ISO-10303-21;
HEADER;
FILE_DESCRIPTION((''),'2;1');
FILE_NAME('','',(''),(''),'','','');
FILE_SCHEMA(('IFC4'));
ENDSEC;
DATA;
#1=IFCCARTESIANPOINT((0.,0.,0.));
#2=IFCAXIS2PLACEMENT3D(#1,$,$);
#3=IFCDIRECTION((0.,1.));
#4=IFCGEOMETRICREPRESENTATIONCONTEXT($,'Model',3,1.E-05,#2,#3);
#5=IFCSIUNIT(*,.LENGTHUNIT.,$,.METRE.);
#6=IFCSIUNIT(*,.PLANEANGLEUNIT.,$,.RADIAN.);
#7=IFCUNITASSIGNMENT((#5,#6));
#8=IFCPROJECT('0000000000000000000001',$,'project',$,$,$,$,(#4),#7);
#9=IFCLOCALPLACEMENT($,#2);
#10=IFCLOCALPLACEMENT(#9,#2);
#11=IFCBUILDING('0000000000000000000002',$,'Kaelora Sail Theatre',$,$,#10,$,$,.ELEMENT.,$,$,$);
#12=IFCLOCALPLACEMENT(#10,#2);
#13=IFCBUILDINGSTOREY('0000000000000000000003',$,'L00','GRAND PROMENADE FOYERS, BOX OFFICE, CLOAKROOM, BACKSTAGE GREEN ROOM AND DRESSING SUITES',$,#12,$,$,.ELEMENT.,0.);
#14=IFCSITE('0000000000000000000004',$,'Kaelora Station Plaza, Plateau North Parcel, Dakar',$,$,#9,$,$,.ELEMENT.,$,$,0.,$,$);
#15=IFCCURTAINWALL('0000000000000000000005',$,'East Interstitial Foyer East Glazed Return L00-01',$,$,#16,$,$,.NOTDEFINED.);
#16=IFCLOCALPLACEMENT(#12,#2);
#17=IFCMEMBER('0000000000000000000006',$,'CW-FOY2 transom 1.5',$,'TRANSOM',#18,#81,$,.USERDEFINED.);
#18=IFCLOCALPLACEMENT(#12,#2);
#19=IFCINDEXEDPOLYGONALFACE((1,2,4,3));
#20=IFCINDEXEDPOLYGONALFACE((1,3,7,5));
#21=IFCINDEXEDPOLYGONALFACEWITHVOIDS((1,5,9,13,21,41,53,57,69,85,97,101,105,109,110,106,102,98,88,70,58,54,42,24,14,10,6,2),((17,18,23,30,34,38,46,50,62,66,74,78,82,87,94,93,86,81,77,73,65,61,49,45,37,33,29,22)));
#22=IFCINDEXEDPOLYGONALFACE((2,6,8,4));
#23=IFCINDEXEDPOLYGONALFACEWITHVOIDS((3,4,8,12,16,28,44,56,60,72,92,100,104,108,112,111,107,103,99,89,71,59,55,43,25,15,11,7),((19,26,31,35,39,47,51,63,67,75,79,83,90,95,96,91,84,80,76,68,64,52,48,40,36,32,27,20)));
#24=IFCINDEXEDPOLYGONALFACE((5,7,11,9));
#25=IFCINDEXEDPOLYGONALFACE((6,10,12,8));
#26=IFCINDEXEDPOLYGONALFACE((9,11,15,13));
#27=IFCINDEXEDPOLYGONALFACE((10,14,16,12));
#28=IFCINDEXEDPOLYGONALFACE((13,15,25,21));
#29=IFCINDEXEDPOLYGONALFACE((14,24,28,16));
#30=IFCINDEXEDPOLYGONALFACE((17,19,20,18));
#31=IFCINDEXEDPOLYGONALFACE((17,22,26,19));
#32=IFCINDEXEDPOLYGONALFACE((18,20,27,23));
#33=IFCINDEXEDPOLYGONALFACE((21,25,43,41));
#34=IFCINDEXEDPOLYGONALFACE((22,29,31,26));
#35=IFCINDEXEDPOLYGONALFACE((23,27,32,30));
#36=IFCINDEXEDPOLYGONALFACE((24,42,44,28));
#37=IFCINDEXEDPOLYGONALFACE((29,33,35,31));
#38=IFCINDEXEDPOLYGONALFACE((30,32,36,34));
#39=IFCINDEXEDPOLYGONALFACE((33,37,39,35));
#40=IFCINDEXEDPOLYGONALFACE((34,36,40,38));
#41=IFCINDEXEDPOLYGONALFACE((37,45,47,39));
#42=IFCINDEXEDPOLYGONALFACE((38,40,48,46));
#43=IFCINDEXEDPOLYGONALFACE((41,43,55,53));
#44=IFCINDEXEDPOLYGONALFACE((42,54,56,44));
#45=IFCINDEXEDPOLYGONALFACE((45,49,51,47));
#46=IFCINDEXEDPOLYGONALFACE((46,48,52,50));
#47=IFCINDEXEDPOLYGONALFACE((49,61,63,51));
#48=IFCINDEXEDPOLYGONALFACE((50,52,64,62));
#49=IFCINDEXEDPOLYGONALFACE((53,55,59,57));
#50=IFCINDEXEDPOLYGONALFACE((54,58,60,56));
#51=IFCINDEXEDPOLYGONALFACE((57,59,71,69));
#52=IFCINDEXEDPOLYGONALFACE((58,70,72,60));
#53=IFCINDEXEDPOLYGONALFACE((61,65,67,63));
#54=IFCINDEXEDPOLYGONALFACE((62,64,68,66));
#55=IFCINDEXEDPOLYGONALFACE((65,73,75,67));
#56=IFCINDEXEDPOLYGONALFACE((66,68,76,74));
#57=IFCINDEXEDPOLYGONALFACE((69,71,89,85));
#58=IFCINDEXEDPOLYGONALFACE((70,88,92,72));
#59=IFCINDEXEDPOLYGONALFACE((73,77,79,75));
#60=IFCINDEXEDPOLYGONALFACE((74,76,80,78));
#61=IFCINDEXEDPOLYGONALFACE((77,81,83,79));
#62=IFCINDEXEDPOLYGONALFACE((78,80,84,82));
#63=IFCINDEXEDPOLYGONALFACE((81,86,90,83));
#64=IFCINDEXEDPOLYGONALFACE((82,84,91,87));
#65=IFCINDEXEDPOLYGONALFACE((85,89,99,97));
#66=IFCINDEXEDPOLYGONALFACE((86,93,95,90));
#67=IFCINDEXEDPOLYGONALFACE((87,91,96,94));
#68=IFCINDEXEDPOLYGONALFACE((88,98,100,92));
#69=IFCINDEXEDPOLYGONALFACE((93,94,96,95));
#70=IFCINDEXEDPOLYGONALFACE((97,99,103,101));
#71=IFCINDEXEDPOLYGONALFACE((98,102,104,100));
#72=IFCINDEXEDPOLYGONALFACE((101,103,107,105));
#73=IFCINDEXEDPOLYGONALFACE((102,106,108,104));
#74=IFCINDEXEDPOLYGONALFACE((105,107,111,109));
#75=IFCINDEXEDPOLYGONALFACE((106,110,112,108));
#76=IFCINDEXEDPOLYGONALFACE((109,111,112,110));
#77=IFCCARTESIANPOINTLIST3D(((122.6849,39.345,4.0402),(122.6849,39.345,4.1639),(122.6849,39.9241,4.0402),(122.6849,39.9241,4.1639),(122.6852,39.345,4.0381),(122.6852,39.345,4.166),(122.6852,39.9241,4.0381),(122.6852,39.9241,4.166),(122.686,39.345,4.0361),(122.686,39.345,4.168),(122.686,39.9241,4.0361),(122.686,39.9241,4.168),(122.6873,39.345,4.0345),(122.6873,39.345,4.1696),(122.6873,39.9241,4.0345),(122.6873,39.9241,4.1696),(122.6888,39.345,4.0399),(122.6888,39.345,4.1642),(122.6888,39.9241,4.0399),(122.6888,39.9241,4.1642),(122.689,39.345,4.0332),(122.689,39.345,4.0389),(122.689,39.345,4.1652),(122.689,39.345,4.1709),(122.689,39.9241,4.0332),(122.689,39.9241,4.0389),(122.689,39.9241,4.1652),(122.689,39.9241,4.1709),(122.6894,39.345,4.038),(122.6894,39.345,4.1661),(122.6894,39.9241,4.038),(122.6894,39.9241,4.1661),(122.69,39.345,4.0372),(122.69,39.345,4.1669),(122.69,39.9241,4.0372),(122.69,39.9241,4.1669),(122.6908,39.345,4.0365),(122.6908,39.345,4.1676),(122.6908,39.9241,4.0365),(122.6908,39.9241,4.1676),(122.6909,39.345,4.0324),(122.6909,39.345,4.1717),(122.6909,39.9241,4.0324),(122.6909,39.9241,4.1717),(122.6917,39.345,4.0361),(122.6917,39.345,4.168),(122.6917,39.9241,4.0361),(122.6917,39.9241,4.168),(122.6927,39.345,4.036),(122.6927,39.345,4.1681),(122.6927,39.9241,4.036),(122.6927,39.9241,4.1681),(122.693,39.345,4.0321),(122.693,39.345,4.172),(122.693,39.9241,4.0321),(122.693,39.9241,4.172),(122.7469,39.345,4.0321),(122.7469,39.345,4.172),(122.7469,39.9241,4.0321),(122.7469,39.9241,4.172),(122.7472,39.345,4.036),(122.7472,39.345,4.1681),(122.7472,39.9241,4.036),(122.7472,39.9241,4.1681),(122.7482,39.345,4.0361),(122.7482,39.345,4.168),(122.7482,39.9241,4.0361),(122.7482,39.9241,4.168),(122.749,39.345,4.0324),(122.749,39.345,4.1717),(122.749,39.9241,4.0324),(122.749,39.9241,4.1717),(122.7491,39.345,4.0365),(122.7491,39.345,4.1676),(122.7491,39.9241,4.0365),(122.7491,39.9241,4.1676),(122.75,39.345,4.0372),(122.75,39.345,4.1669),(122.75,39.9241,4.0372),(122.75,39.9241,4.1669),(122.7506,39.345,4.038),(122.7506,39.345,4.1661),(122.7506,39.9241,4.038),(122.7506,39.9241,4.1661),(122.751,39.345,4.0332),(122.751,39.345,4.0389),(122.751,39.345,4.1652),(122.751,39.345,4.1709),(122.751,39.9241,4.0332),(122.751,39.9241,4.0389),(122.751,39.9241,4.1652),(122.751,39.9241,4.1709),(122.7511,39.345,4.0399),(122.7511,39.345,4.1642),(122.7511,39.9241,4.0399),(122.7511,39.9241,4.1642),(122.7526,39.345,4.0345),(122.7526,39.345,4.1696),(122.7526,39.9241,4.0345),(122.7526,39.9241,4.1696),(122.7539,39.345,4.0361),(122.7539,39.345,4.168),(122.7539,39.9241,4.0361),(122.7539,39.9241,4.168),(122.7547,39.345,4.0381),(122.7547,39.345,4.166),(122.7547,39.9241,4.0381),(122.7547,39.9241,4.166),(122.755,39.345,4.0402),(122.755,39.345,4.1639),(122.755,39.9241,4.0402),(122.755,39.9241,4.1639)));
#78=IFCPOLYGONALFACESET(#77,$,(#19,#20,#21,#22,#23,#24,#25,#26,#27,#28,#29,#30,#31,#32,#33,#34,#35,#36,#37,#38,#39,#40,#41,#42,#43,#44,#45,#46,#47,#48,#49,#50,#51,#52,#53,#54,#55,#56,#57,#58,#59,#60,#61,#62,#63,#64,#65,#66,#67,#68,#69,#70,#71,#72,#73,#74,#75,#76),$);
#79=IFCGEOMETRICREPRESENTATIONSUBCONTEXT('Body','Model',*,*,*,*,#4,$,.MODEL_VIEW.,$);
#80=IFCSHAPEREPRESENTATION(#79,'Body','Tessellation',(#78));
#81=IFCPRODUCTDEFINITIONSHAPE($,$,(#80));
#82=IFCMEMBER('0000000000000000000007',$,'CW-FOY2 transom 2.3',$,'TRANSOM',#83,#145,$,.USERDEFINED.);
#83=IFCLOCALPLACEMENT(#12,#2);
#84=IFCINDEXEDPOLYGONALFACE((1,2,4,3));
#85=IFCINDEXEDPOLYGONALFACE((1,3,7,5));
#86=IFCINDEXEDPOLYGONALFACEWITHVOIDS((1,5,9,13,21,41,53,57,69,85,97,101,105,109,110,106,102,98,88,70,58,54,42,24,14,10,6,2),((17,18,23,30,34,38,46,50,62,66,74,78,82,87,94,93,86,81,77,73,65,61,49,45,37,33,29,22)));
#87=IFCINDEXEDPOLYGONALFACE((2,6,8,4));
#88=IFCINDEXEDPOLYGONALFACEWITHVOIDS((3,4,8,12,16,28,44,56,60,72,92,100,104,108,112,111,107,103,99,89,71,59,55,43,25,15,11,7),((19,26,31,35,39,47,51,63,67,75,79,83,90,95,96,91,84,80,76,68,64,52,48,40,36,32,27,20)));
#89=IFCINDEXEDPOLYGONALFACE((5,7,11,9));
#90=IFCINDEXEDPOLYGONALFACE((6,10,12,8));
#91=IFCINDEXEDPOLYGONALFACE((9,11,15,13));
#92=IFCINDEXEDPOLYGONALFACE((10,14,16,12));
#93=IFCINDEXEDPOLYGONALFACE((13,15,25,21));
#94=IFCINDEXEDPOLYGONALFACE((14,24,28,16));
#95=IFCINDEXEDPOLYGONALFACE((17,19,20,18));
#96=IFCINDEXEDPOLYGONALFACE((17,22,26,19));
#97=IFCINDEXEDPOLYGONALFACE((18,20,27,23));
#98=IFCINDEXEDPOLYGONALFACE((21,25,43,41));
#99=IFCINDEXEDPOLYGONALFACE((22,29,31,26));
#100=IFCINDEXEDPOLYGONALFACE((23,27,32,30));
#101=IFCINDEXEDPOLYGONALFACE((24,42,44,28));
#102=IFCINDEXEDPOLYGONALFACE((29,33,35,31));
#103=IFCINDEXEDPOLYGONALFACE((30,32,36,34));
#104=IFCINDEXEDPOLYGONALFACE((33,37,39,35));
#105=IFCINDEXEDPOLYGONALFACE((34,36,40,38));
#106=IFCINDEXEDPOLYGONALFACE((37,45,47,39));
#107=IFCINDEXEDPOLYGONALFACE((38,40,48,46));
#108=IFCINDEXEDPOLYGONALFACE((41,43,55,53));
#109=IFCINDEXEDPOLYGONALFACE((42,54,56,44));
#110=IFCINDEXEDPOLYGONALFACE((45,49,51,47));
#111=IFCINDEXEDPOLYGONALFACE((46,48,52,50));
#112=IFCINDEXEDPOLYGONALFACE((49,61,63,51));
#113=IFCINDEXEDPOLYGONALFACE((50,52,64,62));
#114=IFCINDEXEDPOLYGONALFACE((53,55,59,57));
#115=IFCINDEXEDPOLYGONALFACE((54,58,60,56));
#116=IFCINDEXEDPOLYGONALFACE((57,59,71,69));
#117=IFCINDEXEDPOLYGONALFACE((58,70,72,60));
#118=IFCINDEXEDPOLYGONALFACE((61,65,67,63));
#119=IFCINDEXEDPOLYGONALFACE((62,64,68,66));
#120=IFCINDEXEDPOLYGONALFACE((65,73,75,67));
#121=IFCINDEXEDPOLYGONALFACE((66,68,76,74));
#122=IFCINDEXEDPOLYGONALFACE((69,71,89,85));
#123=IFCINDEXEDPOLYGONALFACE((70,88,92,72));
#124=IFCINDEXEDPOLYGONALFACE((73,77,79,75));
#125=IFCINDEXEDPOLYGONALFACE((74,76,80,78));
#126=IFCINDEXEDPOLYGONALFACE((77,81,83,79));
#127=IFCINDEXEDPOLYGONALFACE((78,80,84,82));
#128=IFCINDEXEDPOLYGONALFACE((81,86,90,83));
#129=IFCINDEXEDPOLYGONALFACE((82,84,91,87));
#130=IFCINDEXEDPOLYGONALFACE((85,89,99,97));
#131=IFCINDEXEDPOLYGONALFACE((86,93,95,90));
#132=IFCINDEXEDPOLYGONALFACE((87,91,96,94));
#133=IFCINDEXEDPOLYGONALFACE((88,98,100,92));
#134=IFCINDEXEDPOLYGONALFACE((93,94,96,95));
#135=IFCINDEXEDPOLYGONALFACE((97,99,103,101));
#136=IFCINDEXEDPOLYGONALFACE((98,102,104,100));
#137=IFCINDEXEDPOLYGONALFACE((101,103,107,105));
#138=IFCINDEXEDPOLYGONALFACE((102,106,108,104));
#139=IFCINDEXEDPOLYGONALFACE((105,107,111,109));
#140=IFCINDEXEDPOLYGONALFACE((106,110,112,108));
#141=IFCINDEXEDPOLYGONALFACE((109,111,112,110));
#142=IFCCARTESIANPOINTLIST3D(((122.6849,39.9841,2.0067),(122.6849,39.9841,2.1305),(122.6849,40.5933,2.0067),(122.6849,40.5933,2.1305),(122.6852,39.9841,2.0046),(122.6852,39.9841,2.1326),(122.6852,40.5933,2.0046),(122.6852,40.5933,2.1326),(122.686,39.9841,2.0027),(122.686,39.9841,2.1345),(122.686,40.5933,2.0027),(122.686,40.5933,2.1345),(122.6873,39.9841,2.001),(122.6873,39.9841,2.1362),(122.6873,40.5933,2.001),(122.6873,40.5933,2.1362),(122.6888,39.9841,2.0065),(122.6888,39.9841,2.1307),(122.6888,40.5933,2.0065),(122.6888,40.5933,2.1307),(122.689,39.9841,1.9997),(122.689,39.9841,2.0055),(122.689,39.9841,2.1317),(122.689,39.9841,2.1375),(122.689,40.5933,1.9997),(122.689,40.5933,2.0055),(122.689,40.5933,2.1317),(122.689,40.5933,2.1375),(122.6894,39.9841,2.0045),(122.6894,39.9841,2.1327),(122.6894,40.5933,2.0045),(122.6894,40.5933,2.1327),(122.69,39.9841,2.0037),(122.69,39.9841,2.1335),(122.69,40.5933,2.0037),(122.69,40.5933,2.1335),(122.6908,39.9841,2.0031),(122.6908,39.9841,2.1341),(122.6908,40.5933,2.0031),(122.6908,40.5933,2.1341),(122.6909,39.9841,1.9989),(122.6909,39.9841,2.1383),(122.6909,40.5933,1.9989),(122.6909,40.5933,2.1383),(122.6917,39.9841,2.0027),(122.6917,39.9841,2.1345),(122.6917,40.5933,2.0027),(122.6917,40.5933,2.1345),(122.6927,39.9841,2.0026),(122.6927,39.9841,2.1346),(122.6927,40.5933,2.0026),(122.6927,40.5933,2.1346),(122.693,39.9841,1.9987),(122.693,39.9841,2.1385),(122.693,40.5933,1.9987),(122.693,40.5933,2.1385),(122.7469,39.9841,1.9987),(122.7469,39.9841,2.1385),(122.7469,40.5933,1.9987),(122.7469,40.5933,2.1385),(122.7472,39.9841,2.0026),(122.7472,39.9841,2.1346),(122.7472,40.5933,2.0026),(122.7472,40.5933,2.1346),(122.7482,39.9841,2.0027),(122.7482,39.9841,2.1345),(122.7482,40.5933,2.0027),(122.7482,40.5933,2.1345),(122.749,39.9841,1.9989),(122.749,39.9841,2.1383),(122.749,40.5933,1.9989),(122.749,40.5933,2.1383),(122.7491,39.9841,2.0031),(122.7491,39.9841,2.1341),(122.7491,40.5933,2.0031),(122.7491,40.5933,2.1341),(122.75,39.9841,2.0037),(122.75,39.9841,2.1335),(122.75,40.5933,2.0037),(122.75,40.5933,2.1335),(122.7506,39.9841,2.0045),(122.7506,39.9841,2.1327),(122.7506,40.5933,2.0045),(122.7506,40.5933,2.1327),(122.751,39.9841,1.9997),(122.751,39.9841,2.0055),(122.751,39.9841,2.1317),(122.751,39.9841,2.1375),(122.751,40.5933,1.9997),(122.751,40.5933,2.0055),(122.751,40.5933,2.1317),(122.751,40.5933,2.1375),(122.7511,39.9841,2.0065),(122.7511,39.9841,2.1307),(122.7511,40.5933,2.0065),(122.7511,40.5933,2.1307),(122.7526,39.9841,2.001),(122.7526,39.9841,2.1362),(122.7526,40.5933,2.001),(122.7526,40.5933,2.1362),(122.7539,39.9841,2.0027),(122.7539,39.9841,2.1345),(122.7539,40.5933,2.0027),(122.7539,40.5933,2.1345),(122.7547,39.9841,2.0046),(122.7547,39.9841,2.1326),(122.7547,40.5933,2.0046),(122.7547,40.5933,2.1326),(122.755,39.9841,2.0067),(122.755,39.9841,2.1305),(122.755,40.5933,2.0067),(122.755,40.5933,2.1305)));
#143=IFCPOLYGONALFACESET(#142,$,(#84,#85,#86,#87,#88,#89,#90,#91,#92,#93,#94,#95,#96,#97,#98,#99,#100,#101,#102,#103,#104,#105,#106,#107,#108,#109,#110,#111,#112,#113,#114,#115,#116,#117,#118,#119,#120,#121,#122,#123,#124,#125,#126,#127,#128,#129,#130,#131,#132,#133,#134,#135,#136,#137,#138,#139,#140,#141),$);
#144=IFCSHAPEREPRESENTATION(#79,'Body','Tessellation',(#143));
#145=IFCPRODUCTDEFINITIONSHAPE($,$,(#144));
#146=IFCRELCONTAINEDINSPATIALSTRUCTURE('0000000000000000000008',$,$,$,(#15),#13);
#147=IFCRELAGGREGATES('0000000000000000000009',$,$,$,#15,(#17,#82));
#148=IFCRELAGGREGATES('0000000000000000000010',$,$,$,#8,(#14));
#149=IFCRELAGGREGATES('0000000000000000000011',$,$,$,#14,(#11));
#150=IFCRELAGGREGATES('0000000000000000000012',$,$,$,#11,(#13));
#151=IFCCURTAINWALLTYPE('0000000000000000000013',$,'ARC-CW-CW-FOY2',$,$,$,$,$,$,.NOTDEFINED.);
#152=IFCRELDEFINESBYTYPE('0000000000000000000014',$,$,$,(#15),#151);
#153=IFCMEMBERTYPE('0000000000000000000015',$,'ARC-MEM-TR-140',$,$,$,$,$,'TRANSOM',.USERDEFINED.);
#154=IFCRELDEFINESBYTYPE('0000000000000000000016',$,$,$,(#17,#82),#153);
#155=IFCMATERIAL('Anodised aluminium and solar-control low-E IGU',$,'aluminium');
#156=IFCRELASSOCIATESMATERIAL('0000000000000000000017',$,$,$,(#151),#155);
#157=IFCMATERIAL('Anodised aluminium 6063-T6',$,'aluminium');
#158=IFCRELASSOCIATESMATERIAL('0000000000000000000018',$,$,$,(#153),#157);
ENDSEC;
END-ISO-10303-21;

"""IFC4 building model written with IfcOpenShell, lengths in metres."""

from ifc_helpers import new_model, si_unit, direction, frame, origin, origin_2d, place, context, subcontext, project, spatial, hollow_rectangle, extrude, material, material_profile, profile_set, type_object, element, aggregate, save


model = new_model("IFC4")

# Units and contexts
model_context = context("Model", 3, precision=1e-05, world=origin(), true_north=direction((0.0, 1.0)))
body_context = subcontext(model_context, "Body", "Model", "MODEL_VIEW")
ifc_project = project(units=[si_unit("LENGTHUNIT", "METRE"), si_unit("PLANEANGLEUNIT", "RADIAN")], contexts=[model_context])

# Site, building, storey
site_placement = place(None, origin())
site = spatial("IfcSite", under=ifc_project, at=site_placement, Name="Kaelora Station Plaza, Plateau North Parcel, Dakar", CompositionType="ELEMENT", RefElevation=0.0)
building_placement = place(site_placement, origin())
building = spatial("IfcBuilding", under=site, at=building_placement, Name="Kaelora Sail Theatre", CompositionType="ELEMENT")
storey_placement = place(building_placement, origin())
storey = spatial("IfcBuildingStorey", under=building, at=storey_placement, Name="L00", Description="GRAND PROMENADE FOYERS, BOX OFFICE, CLOAKROOM, BACKSTAGE GREEN ROOM AND DRESSING SUITES", CompositionType="ELEMENT", Elevation=0.0)

# Curtain wall, members
ifc_material_1 = material(Name="Anodised aluminium and solar-control low-E IGU", Category="aluminium")
curtain_wall_type = type_object("IfcCurtainWallType", Name="ARC-CW-CW-FOY2", PredefinedType="NOTDEFINED", material=ifc_material_1)
curtain_wall_placement = place(storey_placement, origin())
curtain_wall = element("IfcCurtainWall", 1, at=curtain_wall_placement, inside=storey, type_object=curtain_wall_type, Name="East Interstitial Foyer East Glazed Return L00-01", PredefinedType="NOTDEFINED")
ifc_material_2 = material(Name="Anodised aluminium 6063-T6", Category="aluminium")
ifc_material_profile_1 = material_profile(ifc_material_2, hollow_rectangle(XDim=0.0701, YDim=0.1399, WallThickness=0.0039, InnerFilletRadius=0.0039, OuterFilletRadius=0.0081, at=origin_2d()), Name="ALU-TRAN 70x140x4")
ifc_profile_set_1 = profile_set([ifc_material_profile_1], Name="Anodised aluminium 6063-T6")
member_type_1 = type_object("IfcMemberType", Name="ARC-MEM-TR-140", ElementType="TRANSOM", PredefinedType="USERDEFINED", material=ifc_profile_set_1)
member_1_placement = place(storey_placement, frame((122.72, 39.345, 4.1021), z_axis=(0.0, 1.0, 0.0), x_axis=(-1.0, 0.0, 0.0)))
member_1 = element("IfcMember", 2, at=member_1_placement, type_object=member_type_1, Name="CW-FOY2 transom 1.5", ObjectType="TRANSOM", PredefinedType="USERDEFINED", context=body_context, shape_type="SweptSolid", body=[
    extrude(hollow_rectangle(XDim=0.0701, YDim=0.1399, WallThickness=0.0039, InnerFilletRadius=0.0039, OuterFilletRadius=0.0081, at=origin_2d()), origin(), (0.0, 0.0, 1.0), 0.5791),
])
member_2_placement = place(storey_placement, frame((122.72, 39.9841, 2.0686), z_axis=(0.0, 1.0, 0.0), x_axis=(-1.0, 0.0, 0.0)))
member_2 = element("IfcMember", 3, at=member_2_placement, type_object=member_type_1, Name="CW-FOY2 transom 2.3", ObjectType="TRANSOM", PredefinedType="USERDEFINED", context=body_context, shape_type="SweptSolid", body=[
    extrude(hollow_rectangle(XDim=0.0701, YDim=0.1399, WallThickness=0.0039, InnerFilletRadius=0.0039, OuterFilletRadius=0.0081, at=origin_2d()), origin(), (0.0, 0.0, 1.0), 0.6091),
])
aggregate(curtain_wall, [member_1, member_2])

save(model, "model.ifc")
